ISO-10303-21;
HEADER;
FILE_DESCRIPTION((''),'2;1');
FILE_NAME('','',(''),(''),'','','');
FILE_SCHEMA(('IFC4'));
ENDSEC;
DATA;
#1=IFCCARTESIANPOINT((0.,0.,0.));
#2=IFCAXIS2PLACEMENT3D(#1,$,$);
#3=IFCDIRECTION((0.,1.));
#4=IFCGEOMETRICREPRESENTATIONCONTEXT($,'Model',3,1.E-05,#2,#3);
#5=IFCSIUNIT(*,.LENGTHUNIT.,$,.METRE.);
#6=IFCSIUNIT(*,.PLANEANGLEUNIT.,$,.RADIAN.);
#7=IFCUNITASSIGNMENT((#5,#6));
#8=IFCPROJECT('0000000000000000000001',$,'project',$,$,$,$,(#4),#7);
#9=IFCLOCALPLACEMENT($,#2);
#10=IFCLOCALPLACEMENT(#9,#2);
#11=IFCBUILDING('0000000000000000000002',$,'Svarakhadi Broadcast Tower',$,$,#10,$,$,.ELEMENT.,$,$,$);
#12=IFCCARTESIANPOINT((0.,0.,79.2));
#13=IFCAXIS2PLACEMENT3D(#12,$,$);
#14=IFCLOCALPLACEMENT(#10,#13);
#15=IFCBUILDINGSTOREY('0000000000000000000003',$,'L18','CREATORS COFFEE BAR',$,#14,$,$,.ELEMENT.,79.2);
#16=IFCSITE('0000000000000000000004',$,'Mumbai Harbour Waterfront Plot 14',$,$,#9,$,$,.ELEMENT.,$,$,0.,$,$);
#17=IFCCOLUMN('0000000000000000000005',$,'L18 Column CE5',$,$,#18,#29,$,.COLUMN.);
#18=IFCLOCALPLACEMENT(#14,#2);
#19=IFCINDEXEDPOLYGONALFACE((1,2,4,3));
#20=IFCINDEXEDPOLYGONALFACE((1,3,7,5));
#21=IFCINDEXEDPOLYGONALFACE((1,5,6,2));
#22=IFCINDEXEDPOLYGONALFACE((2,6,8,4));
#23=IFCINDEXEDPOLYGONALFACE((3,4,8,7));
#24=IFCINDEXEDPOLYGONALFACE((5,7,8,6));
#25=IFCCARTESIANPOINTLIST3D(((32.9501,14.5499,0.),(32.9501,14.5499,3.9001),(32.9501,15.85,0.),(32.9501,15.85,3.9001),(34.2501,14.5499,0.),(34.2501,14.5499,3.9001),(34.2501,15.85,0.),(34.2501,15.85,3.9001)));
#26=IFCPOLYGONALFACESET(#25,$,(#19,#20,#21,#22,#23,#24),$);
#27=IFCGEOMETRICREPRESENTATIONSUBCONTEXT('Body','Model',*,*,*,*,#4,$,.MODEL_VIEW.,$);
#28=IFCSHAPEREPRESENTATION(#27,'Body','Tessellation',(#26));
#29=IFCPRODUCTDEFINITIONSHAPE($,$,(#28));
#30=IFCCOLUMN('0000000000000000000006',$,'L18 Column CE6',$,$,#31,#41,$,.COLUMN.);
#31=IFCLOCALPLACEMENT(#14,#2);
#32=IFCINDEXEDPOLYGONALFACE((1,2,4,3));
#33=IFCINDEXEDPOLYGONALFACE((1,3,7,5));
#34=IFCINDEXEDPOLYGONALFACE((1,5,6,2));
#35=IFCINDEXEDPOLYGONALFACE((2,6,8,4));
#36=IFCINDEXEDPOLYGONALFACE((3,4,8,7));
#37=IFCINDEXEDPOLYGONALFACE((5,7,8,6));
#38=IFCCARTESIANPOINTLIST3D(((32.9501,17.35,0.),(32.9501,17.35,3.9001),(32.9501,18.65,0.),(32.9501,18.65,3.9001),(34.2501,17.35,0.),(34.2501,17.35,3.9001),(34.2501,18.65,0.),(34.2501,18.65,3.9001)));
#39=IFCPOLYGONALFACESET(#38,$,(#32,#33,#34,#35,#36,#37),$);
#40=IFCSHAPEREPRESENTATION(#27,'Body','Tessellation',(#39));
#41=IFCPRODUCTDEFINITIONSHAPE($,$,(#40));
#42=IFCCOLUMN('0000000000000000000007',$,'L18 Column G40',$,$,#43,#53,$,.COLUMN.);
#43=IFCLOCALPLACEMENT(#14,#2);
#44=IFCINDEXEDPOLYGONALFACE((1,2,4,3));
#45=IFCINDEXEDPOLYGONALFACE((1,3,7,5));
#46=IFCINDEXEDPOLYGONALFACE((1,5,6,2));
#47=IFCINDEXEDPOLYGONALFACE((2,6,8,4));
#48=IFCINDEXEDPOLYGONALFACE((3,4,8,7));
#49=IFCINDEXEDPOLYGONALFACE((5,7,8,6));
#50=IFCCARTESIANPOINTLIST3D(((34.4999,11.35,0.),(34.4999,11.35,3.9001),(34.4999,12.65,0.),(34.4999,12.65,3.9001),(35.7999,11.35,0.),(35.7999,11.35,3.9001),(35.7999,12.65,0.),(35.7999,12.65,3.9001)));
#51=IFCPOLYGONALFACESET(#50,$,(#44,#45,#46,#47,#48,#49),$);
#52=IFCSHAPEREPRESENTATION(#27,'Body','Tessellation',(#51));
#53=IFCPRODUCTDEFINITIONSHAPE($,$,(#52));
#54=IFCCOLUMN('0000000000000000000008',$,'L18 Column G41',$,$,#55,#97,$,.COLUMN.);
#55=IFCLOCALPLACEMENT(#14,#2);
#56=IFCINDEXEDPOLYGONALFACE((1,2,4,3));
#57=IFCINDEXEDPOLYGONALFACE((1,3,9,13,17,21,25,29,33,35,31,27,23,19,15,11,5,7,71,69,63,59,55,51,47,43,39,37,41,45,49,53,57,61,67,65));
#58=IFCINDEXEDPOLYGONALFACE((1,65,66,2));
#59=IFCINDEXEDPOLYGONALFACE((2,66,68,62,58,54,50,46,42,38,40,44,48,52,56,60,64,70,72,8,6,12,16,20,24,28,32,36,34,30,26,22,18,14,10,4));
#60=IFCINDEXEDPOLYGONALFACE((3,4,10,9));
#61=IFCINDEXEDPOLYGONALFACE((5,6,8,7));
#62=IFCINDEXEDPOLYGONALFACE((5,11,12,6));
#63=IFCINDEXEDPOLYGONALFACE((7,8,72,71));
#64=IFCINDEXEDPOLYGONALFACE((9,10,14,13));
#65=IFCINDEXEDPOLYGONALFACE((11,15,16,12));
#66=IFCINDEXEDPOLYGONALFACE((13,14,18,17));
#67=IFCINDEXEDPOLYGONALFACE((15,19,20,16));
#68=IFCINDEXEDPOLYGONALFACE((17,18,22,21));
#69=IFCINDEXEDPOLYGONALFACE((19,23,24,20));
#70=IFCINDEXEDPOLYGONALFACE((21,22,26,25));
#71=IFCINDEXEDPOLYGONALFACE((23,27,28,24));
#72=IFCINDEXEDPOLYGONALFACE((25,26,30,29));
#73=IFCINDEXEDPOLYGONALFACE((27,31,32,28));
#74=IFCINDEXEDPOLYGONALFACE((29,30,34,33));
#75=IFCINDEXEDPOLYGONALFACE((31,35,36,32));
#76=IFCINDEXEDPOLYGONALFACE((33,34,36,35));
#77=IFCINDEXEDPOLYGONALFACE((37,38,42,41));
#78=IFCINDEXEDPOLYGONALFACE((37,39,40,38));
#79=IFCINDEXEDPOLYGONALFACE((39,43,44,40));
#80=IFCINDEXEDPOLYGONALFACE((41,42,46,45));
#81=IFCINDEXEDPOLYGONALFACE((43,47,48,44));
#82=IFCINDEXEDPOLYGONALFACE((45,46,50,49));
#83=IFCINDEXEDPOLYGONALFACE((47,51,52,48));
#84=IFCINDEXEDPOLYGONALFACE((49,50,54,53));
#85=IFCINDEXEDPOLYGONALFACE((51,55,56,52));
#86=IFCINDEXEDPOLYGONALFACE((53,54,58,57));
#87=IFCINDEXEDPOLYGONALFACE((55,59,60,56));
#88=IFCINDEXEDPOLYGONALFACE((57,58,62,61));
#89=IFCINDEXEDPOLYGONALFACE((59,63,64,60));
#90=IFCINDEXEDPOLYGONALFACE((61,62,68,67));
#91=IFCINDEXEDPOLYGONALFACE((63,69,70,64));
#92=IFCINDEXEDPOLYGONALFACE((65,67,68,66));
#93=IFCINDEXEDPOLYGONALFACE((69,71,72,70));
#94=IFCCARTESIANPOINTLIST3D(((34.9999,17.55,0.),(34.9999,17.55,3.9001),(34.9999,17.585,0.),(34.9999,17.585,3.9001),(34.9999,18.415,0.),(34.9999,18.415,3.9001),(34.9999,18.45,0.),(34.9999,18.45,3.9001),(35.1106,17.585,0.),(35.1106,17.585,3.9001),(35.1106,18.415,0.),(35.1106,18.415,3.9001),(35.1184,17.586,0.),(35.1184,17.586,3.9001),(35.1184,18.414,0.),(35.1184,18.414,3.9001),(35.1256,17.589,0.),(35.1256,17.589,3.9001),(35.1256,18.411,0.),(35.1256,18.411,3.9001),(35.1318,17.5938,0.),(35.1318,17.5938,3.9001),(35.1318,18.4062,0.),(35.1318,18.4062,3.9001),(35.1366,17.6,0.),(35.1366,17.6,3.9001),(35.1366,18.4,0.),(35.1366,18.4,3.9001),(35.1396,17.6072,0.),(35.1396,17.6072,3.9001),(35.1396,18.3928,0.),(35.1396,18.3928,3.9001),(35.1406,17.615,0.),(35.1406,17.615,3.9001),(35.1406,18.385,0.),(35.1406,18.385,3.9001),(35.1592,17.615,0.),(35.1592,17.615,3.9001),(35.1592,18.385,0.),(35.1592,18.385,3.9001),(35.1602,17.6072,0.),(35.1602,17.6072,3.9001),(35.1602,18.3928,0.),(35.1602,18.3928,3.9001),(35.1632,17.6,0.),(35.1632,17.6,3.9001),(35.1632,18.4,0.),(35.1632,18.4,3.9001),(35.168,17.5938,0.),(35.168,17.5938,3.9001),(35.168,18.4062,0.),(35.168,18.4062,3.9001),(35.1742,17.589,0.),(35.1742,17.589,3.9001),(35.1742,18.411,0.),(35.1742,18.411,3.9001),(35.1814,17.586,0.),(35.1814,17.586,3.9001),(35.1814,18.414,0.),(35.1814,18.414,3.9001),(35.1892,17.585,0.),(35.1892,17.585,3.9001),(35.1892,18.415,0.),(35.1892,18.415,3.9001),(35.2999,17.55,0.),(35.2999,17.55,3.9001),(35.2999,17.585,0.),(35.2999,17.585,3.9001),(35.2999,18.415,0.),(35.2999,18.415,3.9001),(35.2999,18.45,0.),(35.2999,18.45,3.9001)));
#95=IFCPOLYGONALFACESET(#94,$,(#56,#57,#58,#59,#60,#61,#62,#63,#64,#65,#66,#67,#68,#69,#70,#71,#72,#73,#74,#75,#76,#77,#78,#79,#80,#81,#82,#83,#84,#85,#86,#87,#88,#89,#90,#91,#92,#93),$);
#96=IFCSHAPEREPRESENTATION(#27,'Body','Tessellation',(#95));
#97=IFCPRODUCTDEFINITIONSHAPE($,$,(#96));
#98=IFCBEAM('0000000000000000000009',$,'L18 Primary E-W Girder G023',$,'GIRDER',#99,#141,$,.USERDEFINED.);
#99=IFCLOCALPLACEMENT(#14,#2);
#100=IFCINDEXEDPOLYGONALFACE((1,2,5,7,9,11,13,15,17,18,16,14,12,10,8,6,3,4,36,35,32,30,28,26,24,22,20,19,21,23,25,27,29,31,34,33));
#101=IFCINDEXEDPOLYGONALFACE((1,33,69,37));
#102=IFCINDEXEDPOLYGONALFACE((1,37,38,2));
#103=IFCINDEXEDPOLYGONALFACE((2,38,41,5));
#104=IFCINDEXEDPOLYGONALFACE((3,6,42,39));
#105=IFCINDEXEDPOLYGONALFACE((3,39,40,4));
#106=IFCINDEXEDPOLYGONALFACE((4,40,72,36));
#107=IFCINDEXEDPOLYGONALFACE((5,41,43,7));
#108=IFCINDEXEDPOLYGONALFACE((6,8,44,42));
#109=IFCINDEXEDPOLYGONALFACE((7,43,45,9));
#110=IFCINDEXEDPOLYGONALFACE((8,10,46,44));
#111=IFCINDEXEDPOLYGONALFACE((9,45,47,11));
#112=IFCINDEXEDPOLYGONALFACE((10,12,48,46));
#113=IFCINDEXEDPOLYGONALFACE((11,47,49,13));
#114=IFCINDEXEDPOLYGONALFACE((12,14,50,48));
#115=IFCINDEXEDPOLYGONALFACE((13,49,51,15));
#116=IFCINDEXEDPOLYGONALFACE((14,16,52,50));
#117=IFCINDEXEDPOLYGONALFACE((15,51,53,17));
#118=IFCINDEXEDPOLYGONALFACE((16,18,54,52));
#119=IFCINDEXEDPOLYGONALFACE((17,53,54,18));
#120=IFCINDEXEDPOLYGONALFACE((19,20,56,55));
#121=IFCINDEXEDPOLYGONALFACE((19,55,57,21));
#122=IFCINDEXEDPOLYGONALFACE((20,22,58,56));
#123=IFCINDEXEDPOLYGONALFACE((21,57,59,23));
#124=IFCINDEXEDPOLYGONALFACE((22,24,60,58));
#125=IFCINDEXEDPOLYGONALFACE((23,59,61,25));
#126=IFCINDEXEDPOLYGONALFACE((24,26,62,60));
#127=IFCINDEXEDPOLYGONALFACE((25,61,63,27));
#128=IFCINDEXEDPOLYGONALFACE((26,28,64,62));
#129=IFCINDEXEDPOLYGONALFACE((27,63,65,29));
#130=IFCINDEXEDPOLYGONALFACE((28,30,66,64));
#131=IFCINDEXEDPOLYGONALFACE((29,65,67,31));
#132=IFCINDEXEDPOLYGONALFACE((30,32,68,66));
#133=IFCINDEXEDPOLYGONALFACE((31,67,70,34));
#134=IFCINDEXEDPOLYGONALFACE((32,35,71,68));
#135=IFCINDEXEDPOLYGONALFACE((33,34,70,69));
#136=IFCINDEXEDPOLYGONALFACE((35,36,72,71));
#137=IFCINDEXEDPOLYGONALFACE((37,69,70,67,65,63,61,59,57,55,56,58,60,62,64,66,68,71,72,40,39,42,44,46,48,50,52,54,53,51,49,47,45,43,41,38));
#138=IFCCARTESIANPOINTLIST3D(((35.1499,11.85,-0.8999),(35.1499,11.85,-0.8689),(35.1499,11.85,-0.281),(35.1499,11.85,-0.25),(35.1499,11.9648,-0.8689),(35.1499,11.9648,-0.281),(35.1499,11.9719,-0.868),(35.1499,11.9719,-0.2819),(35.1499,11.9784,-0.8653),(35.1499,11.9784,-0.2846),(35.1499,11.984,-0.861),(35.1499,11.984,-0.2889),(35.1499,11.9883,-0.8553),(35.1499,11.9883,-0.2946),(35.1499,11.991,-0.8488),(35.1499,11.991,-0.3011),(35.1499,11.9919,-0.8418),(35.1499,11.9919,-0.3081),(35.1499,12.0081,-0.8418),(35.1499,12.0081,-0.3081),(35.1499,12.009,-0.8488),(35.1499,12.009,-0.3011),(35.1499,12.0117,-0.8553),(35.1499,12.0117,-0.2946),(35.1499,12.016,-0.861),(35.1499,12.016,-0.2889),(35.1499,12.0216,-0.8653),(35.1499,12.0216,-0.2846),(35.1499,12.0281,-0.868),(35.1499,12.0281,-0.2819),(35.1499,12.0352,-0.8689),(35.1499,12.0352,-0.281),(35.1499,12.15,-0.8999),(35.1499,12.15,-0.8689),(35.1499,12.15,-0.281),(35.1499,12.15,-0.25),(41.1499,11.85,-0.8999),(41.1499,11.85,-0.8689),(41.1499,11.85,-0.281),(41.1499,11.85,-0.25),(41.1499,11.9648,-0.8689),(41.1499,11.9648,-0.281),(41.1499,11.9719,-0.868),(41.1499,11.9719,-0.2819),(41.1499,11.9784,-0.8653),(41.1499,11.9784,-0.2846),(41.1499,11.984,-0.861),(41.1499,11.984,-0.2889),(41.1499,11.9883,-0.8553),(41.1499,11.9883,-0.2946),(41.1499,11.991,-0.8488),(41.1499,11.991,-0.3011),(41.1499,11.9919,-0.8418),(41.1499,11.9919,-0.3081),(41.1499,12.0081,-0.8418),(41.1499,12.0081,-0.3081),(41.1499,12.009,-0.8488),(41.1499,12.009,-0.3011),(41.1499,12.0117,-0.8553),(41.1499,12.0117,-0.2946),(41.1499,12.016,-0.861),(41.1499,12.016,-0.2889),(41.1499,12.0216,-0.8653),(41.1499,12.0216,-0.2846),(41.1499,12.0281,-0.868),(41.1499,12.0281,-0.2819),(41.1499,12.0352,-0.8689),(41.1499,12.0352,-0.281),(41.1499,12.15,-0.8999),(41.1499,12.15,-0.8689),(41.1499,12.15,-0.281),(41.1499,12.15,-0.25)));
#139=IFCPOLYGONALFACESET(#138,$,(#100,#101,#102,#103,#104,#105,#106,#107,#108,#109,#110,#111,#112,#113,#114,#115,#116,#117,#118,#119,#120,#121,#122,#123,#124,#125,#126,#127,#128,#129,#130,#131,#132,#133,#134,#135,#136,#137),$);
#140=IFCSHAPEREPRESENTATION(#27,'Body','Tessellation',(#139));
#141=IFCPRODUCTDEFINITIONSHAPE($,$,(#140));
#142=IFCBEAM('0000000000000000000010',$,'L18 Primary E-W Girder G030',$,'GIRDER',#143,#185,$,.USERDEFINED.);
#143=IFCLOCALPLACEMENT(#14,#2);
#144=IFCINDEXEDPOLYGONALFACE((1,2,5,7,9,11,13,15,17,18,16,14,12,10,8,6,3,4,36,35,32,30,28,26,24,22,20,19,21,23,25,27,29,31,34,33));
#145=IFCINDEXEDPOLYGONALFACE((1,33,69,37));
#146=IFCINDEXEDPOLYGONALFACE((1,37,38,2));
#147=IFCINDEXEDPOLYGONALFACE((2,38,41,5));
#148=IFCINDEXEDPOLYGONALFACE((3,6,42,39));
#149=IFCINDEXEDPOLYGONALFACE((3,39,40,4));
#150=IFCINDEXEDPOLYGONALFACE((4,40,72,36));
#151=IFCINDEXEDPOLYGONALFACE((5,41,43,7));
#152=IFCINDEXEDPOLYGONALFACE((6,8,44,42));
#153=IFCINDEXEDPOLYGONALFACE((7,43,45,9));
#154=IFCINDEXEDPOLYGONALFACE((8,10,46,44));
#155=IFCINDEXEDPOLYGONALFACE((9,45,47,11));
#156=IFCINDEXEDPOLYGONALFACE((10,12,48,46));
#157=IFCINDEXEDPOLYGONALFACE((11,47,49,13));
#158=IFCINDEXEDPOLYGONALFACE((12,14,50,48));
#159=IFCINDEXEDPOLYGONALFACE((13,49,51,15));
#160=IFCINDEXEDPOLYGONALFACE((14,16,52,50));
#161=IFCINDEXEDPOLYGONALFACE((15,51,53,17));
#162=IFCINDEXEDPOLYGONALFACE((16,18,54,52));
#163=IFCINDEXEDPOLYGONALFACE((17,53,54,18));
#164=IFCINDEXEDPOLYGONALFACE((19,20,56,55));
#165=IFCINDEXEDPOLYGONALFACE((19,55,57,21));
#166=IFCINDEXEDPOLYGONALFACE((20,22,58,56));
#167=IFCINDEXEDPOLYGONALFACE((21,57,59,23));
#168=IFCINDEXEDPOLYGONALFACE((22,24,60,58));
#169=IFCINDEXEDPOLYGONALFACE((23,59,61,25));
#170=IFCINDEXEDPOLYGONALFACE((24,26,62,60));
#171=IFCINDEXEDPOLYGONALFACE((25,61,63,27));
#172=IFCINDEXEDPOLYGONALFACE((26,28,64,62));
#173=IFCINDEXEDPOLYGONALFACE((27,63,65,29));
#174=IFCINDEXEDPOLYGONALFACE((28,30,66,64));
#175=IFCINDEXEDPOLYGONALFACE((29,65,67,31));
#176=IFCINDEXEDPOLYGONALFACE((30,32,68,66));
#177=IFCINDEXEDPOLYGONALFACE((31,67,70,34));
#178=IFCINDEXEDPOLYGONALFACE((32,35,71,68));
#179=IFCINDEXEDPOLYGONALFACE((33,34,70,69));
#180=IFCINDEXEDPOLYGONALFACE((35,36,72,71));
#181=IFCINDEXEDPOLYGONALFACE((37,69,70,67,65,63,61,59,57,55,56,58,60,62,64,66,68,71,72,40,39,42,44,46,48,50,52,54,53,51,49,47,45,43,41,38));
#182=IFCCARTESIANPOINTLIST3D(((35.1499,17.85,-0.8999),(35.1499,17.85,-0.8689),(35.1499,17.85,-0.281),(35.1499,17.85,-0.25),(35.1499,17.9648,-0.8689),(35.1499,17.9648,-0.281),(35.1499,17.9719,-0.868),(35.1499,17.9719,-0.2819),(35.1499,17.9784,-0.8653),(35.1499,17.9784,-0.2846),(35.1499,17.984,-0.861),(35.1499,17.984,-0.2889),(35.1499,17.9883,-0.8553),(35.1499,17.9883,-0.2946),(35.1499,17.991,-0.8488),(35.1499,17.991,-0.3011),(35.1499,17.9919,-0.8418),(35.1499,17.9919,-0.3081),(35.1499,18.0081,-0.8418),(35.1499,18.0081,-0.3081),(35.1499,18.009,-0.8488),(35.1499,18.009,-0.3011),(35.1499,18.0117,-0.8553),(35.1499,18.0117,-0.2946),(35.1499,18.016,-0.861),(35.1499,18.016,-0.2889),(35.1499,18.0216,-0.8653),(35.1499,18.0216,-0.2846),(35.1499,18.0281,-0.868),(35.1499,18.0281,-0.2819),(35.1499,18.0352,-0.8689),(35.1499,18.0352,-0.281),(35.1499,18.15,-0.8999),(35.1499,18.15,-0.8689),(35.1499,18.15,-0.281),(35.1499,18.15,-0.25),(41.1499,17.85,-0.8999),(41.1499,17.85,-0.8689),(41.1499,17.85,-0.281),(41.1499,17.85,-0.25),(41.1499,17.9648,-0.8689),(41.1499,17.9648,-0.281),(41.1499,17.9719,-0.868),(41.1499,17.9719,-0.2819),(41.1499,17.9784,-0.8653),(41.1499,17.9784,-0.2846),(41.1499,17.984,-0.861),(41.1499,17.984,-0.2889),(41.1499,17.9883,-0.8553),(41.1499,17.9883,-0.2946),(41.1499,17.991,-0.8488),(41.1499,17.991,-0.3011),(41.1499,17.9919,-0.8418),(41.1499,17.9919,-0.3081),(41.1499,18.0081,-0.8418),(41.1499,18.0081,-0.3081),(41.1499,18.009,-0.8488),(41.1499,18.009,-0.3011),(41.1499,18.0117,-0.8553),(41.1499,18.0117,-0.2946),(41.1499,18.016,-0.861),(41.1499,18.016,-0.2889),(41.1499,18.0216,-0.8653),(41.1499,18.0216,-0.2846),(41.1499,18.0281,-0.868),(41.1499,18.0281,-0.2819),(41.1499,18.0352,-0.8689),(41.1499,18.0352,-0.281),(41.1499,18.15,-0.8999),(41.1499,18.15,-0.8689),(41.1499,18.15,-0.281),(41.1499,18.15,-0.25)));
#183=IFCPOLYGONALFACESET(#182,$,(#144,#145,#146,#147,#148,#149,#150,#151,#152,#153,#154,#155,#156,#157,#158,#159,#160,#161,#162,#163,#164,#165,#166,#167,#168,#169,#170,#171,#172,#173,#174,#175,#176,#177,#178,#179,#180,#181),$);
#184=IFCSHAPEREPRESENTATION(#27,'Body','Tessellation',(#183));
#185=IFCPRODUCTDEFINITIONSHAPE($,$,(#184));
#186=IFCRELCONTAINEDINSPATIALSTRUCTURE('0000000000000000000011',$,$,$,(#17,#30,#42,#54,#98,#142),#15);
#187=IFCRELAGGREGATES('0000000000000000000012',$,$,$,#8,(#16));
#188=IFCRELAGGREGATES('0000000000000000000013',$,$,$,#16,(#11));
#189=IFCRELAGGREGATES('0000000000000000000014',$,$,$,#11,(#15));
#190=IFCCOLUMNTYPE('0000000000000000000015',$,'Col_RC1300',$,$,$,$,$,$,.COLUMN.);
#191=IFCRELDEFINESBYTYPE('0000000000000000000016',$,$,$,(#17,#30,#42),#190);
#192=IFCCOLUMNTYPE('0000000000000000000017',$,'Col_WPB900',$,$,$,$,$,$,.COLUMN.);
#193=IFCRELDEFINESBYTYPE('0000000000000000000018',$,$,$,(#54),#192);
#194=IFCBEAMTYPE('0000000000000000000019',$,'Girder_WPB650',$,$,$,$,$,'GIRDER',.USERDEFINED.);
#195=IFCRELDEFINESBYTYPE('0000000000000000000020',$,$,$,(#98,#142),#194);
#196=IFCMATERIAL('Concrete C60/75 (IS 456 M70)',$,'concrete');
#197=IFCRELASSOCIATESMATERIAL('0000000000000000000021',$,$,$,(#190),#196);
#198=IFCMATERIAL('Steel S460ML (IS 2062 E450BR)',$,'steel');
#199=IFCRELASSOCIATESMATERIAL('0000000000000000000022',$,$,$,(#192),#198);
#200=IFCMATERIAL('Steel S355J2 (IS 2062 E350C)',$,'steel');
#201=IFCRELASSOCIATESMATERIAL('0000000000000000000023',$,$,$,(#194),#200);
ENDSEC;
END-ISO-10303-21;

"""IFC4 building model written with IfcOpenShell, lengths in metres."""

from ifc_helpers import new_model, si_unit, direction, frame, origin, origin_2d, place, context, subcontext, project, spatial, rectangle, i_section, extrude, material, material_profile, profile_set, type_object, element, save


model = new_model("IFC4")

# Units and contexts
model_context = context("Model", 3, precision=1e-05, world=origin(), true_north=direction((0.0, 1.0)))
body_context = subcontext(model_context, "Body", "Model", "MODEL_VIEW")
ifc_project = project(units=[si_unit("LENGTHUNIT", "METRE"), si_unit("PLANEANGLEUNIT", "RADIAN")], contexts=[model_context])

# Site, building, storey
site_placement = place(None, origin())
site = spatial("IfcSite", under=ifc_project, at=site_placement, Name="Mumbai Harbour Waterfront Plot 14", CompositionType="ELEMENT", RefElevation=0.0)
building_placement = place(site_placement, origin())
building = spatial("IfcBuilding", under=site, at=building_placement, Name="Svarakhadi Broadcast Tower", CompositionType="ELEMENT")
storey_placement = place(building_placement, frame((0.0, 0.0, 79.2)))
storey = spatial("IfcBuildingStorey", under=building, at=storey_placement, Name="L18", Description="CREATORS COFFEE BAR", CompositionType="ELEMENT", Elevation=79.2)

# Columns
ifc_material_1 = material(Name="Concrete C60/75 (IS 456 M70)", Category="concrete")
ifc_material_profile_1 = material_profile(ifc_material_1, rectangle(XDim=1.3, YDim=1.3, at=origin_2d()), Name="RC 1300x1300")
ifc_profile_set_1 = profile_set([ifc_material_profile_1], Name="Concrete C60/75 (IS 456 M70)")
column_type_1 = type_object("IfcColumnType", Name="Col_RC1300", PredefinedType="COLUMN", material=ifc_profile_set_1)
for number, where, z_axis, x_axis, name in (
    (1, (33.6001, 15.2, 0.0), (0.0, 0.0, 1.0), (1.0, 0.0, 0.0), "L18 Column CE5"),
    (2, (33.6001, 18.0, 0.0), (0.0, 0.0, 1.0), (1.0, 0.0, 0.0), "L18 Column CE6"),
    (3, (35.1499, 12.0, 0.0), (0.0, 0.0, 1.0), (1.0, 0.0, 0.0), "L18 Column G40"),
):
    element("IfcColumn", number, at=place(storey_placement, frame(where, z_axis=z_axis, x_axis=x_axis)), inside=storey, type_object=column_type_1, Name=name, PredefinedType="COLUMN", context=body_context, shape_type="SweptSolid", body=[
        extrude(rectangle(XDim=1.3, YDim=1.3, at=origin_2d()), origin(), (0.0, 0.0, 1.0), 3.9001),
    ])
ifc_material_2 = material(Name="Steel S460ML (IS 2062 E450BR)", Category="steel")
ifc_material_profile_2 = material_profile(ifc_material_2, i_section(OverallWidth=0.3, OverallDepth=0.8999, WebThickness=0.0186, FlangeThickness=0.0349, FilletRadius=0.03, at=origin_2d()), Name="WPB 900x300x291")
ifc_profile_set_2 = profile_set([ifc_material_profile_2], Name="Steel S460ML (IS 2062 E450BR)")
column_type_2 = type_object("IfcColumnType", Name="Col_WPB900", PredefinedType="COLUMN", material=ifc_profile_set_2)
column_placement = place(storey_placement, frame((35.1499, 18.0, 0.0), z_axis=(0.0, 0.0, 1.0), x_axis=(1.0, 0.0, 0.0)))
element("IfcColumn", 4, at=column_placement, inside=storey, type_object=column_type_2, Name="L18 Column G41", PredefinedType="COLUMN", context=body_context, shape_type="SweptSolid", body=[
    extrude(i_section(OverallWidth=0.3, OverallDepth=0.8999, WebThickness=0.0186, FlangeThickness=0.0349, FilletRadius=0.03, at=origin_2d()), origin(), (0.0, 0.0, 1.0), 3.9001),
])

# Beams
ifc_material_3 = material(Name="Steel S355J2 (IS 2062 E350C)", Category="steel")
ifc_material_profile_3 = material_profile(ifc_material_3, i_section(OverallWidth=0.3, OverallDepth=0.6499, WebThickness=0.0161, FlangeThickness=0.031, FilletRadius=0.0271, at=origin_2d()), Name="WPB 650x300x225")
ifc_profile_set_3 = profile_set([ifc_material_profile_3], Name="Steel S355J2 (IS 2062 E350C)")
beam_type = type_object("IfcBeamType", Name="Girder_WPB650", ElementType="GIRDER", PredefinedType="USERDEFINED", material=ifc_profile_set_3)
for number, where, z_axis, x_axis, name in (
    (5, (35.1499, 12.0, -0.575), (1.0, 0.0, 0.0), (0.0, 1.0, 0.0), "L18 Primary E-W Girder G023"),
    (6, (35.1499, 18.0, -0.575), (1.0, 0.0, 0.0), (0.0, 1.0, 0.0), "L18 Primary E-W Girder G030"),
):
    element("IfcBeam", number, at=place(storey_placement, frame(where, z_axis=z_axis, x_axis=x_axis)), inside=storey, type_object=beam_type, Name=name, ObjectType="GIRDER", PredefinedType="USERDEFINED", context=body_context, shape_type="SweptSolid", body=[
        extrude(i_section(OverallWidth=0.3, OverallDepth=0.6499, WebThickness=0.0161, FlangeThickness=0.031, FilletRadius=0.0271, at=origin_2d()), origin(), (0.0, 0.0, 1.0), 6.0),
    ])

save(model, "model.ifc")
